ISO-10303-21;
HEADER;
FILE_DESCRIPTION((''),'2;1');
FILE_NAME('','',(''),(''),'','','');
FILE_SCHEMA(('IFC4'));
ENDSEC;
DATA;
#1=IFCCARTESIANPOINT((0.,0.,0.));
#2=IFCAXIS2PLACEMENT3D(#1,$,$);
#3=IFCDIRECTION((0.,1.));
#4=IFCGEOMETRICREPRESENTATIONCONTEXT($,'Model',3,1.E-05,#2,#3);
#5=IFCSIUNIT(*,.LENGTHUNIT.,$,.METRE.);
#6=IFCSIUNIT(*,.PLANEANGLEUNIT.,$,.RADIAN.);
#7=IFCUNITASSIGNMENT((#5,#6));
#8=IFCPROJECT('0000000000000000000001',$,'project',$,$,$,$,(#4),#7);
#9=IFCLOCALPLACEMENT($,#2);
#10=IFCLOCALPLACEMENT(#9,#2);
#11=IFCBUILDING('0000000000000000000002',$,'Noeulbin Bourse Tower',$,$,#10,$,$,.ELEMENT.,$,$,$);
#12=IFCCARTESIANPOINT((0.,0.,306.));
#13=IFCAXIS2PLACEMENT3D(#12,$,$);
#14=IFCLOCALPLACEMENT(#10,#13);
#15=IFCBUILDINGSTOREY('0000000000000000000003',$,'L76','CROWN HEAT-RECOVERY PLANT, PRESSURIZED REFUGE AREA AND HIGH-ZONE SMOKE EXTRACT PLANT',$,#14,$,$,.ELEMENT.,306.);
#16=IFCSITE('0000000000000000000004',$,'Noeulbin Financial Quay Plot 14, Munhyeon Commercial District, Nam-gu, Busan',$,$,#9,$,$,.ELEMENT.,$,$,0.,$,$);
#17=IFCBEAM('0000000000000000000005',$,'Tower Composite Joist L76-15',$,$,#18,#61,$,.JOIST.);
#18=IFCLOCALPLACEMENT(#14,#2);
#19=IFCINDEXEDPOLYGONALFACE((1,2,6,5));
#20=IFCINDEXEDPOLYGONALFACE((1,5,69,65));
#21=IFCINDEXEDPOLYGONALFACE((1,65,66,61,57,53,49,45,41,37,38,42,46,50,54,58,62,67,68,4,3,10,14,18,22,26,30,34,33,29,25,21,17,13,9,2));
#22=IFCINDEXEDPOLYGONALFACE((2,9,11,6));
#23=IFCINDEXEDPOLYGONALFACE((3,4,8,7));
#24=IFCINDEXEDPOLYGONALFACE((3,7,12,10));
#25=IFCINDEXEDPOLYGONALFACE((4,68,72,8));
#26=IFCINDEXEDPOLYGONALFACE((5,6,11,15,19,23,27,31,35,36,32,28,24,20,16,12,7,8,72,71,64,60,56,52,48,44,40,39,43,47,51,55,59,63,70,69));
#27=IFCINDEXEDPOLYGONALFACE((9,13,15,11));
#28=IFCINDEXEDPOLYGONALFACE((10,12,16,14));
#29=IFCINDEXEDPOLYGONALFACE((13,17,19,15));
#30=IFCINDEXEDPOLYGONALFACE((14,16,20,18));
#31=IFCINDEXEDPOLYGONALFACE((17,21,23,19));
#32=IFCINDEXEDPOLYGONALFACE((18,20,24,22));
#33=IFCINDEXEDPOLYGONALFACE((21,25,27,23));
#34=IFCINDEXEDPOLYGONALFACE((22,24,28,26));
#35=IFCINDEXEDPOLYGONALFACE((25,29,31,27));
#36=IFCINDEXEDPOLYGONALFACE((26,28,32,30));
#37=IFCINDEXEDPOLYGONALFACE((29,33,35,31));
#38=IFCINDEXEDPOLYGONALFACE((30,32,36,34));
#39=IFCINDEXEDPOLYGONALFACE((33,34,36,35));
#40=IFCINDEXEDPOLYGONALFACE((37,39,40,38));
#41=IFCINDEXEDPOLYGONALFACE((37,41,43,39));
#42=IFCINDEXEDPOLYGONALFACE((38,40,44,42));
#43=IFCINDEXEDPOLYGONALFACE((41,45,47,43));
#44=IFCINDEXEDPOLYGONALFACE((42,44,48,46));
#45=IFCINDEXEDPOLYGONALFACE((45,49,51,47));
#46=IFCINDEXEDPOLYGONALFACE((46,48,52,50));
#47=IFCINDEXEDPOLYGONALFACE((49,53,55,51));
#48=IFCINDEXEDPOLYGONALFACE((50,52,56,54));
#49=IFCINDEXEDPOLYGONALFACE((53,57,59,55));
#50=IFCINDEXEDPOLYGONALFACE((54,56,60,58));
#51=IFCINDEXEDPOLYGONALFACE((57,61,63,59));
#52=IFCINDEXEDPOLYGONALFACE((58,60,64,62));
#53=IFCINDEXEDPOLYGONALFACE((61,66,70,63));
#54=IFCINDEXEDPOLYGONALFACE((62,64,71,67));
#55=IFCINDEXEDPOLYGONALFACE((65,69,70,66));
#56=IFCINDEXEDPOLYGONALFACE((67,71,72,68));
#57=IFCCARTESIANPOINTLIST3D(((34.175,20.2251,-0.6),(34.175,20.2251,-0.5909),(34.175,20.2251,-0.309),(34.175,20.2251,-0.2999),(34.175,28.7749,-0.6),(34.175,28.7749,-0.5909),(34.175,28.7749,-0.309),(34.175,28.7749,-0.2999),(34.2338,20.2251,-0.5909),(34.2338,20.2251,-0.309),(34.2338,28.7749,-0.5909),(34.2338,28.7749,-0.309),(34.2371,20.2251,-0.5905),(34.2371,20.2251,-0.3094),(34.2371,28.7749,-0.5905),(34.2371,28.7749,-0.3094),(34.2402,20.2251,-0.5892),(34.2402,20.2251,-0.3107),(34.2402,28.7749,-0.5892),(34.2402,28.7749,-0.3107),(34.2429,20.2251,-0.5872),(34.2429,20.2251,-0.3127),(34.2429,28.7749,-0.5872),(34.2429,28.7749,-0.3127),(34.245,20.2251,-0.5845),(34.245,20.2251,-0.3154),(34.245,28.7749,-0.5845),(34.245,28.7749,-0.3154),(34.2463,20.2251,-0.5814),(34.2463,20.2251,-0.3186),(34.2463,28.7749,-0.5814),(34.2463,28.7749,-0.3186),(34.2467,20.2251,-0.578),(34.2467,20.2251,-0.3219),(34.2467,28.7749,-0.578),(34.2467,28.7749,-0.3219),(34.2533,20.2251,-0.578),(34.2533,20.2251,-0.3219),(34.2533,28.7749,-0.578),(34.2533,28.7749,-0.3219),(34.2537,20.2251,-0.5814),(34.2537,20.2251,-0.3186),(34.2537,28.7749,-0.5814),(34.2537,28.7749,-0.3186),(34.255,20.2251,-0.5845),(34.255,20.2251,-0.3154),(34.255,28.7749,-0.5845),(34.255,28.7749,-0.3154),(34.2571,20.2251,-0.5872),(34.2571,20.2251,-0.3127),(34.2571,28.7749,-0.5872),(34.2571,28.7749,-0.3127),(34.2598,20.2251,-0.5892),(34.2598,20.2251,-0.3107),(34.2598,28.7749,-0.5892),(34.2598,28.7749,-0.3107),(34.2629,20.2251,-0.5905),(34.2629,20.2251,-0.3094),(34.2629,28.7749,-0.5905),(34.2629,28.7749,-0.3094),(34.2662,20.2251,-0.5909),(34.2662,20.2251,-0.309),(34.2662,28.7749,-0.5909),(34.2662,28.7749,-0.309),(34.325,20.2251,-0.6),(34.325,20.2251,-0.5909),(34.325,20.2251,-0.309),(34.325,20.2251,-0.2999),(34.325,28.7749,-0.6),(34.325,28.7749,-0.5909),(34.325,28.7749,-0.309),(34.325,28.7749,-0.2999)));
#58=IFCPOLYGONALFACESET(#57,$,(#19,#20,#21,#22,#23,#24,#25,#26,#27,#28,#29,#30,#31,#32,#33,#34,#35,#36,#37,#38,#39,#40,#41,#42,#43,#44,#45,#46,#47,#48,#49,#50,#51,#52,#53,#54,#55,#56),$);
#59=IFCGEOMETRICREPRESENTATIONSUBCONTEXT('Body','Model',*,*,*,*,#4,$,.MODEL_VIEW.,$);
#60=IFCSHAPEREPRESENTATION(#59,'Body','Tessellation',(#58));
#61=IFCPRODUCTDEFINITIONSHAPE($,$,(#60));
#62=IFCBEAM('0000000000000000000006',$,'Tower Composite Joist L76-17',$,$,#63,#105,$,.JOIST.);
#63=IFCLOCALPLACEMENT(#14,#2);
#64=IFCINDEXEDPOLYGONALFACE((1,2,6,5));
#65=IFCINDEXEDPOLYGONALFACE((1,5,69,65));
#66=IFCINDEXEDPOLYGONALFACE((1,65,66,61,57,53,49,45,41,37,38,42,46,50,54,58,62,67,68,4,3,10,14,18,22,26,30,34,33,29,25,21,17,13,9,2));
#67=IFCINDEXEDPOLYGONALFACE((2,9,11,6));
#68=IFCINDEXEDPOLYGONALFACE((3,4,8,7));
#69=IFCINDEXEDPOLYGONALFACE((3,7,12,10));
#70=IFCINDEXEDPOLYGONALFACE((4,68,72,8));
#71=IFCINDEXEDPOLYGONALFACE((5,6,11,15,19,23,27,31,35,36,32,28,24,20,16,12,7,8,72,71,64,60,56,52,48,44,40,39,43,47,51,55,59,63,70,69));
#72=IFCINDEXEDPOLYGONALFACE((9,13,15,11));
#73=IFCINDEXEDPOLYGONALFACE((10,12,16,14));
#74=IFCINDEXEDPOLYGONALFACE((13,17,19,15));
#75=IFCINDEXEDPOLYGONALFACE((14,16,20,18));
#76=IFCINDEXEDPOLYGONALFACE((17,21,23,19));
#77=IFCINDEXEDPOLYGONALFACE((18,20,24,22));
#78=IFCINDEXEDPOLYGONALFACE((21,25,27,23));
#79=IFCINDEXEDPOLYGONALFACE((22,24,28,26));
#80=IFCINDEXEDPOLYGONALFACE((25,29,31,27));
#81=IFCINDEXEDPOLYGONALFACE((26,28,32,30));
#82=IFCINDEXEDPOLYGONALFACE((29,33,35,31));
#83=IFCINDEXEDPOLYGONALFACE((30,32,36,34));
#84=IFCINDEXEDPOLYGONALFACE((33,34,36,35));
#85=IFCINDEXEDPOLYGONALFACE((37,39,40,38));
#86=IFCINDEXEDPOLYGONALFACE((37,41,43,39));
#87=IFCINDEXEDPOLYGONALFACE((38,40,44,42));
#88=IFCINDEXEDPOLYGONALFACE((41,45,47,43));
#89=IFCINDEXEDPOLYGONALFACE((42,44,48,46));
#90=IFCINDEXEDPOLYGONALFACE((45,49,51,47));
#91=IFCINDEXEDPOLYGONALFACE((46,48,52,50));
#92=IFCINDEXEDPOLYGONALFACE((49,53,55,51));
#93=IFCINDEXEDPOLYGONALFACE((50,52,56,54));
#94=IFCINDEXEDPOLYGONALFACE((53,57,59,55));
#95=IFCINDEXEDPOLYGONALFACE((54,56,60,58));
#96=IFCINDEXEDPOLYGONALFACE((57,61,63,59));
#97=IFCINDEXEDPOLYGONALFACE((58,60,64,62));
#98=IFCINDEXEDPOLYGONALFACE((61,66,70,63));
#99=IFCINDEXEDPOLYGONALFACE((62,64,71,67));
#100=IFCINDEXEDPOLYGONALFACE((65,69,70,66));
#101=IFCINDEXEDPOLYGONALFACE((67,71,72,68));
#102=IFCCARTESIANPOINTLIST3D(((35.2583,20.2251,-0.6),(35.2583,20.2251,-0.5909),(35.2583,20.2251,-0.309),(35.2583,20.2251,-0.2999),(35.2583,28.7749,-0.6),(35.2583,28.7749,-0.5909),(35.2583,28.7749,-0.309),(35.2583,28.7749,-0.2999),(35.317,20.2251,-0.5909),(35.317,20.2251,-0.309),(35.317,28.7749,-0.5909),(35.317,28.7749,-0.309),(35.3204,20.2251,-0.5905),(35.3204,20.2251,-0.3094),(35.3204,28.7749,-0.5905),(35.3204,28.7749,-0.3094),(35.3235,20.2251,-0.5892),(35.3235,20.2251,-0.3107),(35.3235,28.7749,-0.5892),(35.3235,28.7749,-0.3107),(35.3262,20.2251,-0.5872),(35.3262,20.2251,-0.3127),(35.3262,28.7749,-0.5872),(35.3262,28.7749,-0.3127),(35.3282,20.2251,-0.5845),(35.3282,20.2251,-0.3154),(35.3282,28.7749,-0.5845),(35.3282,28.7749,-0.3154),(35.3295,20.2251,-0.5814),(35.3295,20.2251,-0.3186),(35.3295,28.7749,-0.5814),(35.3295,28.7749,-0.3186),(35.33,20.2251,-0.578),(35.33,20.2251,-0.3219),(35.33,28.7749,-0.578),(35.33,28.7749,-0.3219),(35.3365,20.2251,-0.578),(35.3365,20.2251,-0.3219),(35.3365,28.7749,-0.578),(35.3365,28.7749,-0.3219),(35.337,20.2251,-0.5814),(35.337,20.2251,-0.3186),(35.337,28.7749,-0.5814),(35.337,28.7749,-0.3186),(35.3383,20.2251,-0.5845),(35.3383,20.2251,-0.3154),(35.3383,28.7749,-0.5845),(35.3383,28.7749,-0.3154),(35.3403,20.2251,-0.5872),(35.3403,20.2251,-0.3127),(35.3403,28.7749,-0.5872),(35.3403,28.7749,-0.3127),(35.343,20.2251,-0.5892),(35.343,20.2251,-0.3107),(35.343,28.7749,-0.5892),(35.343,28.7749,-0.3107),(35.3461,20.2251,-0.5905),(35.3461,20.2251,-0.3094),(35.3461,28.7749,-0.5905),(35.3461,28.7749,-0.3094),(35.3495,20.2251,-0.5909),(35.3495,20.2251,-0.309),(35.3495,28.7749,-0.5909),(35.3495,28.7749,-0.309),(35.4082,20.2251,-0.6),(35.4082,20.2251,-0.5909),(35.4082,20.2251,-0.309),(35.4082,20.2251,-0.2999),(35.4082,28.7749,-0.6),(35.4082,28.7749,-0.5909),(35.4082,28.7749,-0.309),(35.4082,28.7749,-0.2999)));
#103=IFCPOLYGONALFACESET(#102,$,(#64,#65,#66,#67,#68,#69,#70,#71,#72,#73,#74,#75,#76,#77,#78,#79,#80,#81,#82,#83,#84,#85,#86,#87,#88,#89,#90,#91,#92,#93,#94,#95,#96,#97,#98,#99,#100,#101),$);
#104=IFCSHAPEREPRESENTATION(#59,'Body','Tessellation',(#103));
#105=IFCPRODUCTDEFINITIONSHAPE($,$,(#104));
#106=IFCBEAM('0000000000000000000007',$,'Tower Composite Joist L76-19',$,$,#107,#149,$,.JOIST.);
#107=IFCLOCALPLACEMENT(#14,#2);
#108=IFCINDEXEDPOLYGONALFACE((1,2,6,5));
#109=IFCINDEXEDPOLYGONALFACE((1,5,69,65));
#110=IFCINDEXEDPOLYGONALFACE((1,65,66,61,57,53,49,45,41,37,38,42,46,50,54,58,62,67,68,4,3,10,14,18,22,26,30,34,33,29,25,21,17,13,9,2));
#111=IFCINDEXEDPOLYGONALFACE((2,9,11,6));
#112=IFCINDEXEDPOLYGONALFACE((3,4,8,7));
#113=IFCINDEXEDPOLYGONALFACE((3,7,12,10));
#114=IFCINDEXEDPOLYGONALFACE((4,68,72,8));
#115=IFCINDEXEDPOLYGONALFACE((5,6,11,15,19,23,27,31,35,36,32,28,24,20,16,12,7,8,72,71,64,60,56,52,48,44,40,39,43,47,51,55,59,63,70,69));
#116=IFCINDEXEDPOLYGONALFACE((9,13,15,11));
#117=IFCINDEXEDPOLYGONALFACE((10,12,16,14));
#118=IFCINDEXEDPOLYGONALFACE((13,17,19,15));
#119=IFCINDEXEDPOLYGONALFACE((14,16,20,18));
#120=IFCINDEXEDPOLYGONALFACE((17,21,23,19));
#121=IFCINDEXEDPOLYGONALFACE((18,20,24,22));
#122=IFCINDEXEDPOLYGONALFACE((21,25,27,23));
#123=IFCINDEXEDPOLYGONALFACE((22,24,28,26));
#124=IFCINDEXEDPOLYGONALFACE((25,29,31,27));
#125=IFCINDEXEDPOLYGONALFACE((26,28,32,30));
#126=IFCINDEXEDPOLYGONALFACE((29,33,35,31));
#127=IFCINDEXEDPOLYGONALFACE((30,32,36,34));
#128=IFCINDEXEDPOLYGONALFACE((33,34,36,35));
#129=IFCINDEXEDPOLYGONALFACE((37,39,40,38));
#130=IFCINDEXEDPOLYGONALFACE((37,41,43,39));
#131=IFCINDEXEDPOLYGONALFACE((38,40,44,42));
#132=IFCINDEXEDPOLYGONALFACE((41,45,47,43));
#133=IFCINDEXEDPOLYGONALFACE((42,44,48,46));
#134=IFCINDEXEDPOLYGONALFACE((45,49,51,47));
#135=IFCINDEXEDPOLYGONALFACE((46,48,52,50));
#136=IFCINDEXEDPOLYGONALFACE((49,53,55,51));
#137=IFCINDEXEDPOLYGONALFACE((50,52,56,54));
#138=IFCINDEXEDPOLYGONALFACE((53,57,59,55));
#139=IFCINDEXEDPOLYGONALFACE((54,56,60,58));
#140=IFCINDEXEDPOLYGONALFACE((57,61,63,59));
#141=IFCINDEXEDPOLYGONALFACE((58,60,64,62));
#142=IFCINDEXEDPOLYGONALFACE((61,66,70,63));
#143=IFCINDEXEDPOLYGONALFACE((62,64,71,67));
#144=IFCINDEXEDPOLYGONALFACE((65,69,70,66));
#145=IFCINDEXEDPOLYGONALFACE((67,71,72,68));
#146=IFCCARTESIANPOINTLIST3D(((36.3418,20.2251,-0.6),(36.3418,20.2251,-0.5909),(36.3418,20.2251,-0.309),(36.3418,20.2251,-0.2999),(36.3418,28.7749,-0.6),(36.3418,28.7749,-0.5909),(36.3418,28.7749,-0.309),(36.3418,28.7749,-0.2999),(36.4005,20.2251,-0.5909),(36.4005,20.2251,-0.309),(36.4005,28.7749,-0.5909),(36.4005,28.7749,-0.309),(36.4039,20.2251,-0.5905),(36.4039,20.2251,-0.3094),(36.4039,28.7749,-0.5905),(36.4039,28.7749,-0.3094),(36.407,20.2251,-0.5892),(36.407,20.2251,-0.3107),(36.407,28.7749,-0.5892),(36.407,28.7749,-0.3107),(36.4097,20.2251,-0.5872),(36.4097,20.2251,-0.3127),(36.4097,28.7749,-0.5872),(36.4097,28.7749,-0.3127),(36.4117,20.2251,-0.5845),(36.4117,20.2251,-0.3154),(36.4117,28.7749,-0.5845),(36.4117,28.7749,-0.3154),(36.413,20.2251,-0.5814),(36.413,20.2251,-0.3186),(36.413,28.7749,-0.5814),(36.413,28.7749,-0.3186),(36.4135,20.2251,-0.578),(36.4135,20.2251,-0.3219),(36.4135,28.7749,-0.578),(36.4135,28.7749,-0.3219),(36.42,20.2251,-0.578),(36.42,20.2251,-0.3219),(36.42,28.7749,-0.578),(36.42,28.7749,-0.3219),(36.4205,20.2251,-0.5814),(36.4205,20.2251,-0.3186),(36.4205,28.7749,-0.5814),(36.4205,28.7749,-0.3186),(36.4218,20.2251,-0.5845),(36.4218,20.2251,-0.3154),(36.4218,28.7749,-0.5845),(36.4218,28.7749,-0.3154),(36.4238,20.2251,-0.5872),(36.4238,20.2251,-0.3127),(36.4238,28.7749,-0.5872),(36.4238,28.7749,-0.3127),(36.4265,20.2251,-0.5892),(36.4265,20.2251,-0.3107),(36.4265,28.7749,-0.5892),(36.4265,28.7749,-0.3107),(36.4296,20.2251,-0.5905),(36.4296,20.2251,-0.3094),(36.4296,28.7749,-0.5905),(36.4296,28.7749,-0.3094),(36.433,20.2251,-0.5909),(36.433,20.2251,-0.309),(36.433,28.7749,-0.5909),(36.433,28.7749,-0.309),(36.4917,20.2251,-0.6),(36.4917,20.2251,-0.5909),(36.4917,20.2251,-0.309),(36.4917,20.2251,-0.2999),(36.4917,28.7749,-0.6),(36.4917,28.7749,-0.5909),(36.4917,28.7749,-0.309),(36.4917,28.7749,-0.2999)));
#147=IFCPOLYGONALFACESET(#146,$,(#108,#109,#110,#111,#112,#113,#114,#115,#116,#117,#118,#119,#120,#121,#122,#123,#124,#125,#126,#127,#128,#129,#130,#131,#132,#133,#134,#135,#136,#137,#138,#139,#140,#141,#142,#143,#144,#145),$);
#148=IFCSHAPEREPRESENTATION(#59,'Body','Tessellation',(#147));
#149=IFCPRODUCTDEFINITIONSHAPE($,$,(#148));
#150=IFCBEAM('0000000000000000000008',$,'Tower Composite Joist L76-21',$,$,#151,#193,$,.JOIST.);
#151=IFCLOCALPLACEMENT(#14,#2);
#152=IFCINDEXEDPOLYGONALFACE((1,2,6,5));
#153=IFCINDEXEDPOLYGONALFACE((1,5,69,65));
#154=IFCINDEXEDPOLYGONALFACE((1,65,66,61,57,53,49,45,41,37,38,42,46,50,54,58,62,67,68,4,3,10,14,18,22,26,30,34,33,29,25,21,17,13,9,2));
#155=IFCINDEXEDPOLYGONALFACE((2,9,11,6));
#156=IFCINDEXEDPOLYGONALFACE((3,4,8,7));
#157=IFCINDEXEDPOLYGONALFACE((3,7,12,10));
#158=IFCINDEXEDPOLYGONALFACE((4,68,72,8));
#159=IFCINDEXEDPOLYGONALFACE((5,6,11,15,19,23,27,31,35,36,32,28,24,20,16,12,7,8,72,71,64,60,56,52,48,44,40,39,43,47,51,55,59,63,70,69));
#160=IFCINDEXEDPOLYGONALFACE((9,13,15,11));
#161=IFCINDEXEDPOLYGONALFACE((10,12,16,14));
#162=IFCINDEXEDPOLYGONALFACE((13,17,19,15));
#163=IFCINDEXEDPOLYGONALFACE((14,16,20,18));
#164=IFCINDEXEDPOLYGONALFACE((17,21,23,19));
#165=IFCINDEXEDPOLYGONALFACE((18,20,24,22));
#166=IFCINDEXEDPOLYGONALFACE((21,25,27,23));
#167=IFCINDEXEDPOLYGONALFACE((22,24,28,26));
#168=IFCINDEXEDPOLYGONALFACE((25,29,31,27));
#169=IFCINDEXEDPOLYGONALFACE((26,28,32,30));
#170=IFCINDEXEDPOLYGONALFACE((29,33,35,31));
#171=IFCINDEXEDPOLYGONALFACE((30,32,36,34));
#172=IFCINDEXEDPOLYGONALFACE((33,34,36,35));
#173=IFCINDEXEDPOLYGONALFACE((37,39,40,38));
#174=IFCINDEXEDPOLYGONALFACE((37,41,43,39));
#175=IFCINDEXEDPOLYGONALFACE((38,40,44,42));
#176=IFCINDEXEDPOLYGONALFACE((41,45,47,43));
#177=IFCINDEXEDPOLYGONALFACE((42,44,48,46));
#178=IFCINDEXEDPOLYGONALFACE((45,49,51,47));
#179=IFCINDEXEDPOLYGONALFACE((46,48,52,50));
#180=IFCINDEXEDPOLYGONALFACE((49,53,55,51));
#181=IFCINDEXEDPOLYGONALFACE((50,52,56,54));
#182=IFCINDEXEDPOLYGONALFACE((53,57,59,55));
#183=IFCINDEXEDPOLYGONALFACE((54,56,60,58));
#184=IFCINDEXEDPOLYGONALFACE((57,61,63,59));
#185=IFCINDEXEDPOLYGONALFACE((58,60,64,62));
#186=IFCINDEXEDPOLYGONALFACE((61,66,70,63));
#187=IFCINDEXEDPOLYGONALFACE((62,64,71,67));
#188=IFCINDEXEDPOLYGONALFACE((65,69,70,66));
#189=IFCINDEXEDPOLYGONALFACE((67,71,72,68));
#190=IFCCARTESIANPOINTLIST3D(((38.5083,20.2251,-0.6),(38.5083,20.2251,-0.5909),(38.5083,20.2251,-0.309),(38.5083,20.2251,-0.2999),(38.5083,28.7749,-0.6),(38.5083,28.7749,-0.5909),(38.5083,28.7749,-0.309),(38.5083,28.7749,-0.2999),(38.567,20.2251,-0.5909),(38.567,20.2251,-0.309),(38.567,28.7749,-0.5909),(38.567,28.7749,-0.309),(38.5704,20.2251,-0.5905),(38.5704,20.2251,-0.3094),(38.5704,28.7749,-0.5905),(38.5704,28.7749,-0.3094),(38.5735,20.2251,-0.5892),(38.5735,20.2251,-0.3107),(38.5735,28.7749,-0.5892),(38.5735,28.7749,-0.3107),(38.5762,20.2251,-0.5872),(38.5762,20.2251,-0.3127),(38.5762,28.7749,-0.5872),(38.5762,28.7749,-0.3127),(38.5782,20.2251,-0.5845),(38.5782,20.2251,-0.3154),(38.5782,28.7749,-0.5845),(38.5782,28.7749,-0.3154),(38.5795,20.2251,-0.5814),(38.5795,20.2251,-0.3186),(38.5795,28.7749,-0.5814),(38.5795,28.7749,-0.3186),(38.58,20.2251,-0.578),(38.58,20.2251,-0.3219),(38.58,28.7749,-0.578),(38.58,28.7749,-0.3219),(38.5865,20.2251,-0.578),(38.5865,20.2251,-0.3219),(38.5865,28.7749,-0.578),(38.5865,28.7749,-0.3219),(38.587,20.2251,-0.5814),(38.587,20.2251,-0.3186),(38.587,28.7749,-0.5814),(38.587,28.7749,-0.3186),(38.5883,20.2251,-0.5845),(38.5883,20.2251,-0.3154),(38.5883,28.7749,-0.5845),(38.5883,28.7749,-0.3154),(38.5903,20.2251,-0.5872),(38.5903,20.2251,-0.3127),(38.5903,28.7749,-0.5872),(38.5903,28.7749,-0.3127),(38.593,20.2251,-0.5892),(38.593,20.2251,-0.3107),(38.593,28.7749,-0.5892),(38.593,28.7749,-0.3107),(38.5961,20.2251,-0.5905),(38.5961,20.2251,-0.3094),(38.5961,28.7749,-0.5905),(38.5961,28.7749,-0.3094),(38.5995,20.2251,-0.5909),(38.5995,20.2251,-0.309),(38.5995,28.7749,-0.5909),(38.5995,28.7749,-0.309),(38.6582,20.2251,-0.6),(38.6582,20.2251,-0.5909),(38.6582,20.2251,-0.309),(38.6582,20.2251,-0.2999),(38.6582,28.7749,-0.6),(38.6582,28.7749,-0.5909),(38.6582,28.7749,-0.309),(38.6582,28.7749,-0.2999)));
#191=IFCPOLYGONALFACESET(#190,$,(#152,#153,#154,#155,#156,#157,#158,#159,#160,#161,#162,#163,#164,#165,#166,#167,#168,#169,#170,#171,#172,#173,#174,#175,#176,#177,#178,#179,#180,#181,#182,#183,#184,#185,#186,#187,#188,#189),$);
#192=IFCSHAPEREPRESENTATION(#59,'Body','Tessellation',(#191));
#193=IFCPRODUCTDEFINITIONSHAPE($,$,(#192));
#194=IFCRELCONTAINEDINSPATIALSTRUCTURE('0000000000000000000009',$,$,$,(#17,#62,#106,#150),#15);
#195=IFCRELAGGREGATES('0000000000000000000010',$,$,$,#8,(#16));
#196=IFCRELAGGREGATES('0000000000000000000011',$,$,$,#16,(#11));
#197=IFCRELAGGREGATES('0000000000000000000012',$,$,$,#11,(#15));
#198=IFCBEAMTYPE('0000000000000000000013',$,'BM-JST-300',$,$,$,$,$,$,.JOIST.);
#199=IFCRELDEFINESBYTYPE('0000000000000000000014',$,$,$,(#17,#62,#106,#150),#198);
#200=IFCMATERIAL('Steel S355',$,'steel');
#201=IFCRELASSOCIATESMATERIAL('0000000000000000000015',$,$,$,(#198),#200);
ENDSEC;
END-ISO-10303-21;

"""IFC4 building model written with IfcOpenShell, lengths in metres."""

from ifc_helpers import new_model, si_unit, direction, frame, origin, origin_2d, place, context, subcontext, project, spatial, i_section, extrude, material, material_profile, profile_set, type_object, element, save


model = new_model("IFC4")

# Units and contexts
model_context = context("Model", 3, precision=1e-05, world=origin(), true_north=direction((0.0, 1.0)))
body_context = subcontext(model_context, "Body", "Model", "MODEL_VIEW")
ifc_project = project(units=[si_unit("LENGTHUNIT", "METRE"), si_unit("PLANEANGLEUNIT", "RADIAN")], contexts=[model_context])

# Site, building, storey
site_placement = place(None, origin())
site = spatial("IfcSite", under=ifc_project, at=site_placement, Name="Noeulbin Financial Quay Plot 14, Munhyeon Commercial District, Nam-gu, Busan", CompositionType="ELEMENT", RefElevation=0.0)
building_placement = place(site_placement, origin())
building = spatial("IfcBuilding", under=site, at=building_placement, Name="Noeulbin Bourse Tower", CompositionType="ELEMENT")
storey_placement = place(building_placement, frame((0.0, 0.0, 306.0)))
storey = spatial("IfcBuildingStorey", under=building, at=storey_placement, Name="L76", Description="CROWN HEAT-RECOVERY PLANT, PRESSURIZED REFUGE AREA AND HIGH-ZONE SMOKE EXTRACT PLANT", CompositionType="ELEMENT", Elevation=306.0)

# Shared definitions
ifc_material_1 = material(Name="Steel S355", Category="steel")

# Beams
ifc_material_profile_1 = material_profile(ifc_material_1, i_section(OverallWidth=0.1499, OverallDepth=0.3, WebThickness=0.0066, FlangeThickness=0.009, FilletRadius=0.0129, at=origin_2d()), Name="H-300x150x6.5x9", Category="LoadBearing")
ifc_profile_set_1 = profile_set([ifc_material_profile_1], Name="Steel S355")
beam_type_1 = type_object("IfcBeamType", Name="BM-JST-300", PredefinedType="JOIST", material=ifc_profile_set_1)
for number, where, z_axis, x_axis, name in (
    (1, (34.25, 20.2251, -0.45), (0.0, 1.0, 0.0), (-1.0, 0.0, 0.0), "Tower Composite Joist L76-15"),
    (2, (35.3333, 20.2251, -0.45), (0.0, 1.0, 0.0), (-1.0, 0.0, 0.0), "Tower Composite Joist L76-17"),
    (3, (36.4167, 20.2251, -0.45), (0.0, 1.0, 0.0), (-1.0, 0.0, 0.0), "Tower Composite Joist L76-19"),
    (4, (38.5833, 20.2251, -0.45), (0.0, 1.0, 0.0), (-1.0, 0.0, 0.0), "Tower Composite Joist L76-21"),
):
    element("IfcBeam", number, at=place(storey_placement, frame(where, z_axis=z_axis, x_axis=x_axis)), inside=storey, type_object=beam_type_1, Name=name, PredefinedType="JOIST", context=body_context, shape_type="SweptSolid", body=[
        extrude(i_section(OverallWidth=0.1499, OverallDepth=0.3, WebThickness=0.0066, FlangeThickness=0.009, FilletRadius=0.0129, at=origin_2d()), origin(), (0.0, 0.0, 1.0), 8.5498),
    ])

save(model, "model.ifc")
